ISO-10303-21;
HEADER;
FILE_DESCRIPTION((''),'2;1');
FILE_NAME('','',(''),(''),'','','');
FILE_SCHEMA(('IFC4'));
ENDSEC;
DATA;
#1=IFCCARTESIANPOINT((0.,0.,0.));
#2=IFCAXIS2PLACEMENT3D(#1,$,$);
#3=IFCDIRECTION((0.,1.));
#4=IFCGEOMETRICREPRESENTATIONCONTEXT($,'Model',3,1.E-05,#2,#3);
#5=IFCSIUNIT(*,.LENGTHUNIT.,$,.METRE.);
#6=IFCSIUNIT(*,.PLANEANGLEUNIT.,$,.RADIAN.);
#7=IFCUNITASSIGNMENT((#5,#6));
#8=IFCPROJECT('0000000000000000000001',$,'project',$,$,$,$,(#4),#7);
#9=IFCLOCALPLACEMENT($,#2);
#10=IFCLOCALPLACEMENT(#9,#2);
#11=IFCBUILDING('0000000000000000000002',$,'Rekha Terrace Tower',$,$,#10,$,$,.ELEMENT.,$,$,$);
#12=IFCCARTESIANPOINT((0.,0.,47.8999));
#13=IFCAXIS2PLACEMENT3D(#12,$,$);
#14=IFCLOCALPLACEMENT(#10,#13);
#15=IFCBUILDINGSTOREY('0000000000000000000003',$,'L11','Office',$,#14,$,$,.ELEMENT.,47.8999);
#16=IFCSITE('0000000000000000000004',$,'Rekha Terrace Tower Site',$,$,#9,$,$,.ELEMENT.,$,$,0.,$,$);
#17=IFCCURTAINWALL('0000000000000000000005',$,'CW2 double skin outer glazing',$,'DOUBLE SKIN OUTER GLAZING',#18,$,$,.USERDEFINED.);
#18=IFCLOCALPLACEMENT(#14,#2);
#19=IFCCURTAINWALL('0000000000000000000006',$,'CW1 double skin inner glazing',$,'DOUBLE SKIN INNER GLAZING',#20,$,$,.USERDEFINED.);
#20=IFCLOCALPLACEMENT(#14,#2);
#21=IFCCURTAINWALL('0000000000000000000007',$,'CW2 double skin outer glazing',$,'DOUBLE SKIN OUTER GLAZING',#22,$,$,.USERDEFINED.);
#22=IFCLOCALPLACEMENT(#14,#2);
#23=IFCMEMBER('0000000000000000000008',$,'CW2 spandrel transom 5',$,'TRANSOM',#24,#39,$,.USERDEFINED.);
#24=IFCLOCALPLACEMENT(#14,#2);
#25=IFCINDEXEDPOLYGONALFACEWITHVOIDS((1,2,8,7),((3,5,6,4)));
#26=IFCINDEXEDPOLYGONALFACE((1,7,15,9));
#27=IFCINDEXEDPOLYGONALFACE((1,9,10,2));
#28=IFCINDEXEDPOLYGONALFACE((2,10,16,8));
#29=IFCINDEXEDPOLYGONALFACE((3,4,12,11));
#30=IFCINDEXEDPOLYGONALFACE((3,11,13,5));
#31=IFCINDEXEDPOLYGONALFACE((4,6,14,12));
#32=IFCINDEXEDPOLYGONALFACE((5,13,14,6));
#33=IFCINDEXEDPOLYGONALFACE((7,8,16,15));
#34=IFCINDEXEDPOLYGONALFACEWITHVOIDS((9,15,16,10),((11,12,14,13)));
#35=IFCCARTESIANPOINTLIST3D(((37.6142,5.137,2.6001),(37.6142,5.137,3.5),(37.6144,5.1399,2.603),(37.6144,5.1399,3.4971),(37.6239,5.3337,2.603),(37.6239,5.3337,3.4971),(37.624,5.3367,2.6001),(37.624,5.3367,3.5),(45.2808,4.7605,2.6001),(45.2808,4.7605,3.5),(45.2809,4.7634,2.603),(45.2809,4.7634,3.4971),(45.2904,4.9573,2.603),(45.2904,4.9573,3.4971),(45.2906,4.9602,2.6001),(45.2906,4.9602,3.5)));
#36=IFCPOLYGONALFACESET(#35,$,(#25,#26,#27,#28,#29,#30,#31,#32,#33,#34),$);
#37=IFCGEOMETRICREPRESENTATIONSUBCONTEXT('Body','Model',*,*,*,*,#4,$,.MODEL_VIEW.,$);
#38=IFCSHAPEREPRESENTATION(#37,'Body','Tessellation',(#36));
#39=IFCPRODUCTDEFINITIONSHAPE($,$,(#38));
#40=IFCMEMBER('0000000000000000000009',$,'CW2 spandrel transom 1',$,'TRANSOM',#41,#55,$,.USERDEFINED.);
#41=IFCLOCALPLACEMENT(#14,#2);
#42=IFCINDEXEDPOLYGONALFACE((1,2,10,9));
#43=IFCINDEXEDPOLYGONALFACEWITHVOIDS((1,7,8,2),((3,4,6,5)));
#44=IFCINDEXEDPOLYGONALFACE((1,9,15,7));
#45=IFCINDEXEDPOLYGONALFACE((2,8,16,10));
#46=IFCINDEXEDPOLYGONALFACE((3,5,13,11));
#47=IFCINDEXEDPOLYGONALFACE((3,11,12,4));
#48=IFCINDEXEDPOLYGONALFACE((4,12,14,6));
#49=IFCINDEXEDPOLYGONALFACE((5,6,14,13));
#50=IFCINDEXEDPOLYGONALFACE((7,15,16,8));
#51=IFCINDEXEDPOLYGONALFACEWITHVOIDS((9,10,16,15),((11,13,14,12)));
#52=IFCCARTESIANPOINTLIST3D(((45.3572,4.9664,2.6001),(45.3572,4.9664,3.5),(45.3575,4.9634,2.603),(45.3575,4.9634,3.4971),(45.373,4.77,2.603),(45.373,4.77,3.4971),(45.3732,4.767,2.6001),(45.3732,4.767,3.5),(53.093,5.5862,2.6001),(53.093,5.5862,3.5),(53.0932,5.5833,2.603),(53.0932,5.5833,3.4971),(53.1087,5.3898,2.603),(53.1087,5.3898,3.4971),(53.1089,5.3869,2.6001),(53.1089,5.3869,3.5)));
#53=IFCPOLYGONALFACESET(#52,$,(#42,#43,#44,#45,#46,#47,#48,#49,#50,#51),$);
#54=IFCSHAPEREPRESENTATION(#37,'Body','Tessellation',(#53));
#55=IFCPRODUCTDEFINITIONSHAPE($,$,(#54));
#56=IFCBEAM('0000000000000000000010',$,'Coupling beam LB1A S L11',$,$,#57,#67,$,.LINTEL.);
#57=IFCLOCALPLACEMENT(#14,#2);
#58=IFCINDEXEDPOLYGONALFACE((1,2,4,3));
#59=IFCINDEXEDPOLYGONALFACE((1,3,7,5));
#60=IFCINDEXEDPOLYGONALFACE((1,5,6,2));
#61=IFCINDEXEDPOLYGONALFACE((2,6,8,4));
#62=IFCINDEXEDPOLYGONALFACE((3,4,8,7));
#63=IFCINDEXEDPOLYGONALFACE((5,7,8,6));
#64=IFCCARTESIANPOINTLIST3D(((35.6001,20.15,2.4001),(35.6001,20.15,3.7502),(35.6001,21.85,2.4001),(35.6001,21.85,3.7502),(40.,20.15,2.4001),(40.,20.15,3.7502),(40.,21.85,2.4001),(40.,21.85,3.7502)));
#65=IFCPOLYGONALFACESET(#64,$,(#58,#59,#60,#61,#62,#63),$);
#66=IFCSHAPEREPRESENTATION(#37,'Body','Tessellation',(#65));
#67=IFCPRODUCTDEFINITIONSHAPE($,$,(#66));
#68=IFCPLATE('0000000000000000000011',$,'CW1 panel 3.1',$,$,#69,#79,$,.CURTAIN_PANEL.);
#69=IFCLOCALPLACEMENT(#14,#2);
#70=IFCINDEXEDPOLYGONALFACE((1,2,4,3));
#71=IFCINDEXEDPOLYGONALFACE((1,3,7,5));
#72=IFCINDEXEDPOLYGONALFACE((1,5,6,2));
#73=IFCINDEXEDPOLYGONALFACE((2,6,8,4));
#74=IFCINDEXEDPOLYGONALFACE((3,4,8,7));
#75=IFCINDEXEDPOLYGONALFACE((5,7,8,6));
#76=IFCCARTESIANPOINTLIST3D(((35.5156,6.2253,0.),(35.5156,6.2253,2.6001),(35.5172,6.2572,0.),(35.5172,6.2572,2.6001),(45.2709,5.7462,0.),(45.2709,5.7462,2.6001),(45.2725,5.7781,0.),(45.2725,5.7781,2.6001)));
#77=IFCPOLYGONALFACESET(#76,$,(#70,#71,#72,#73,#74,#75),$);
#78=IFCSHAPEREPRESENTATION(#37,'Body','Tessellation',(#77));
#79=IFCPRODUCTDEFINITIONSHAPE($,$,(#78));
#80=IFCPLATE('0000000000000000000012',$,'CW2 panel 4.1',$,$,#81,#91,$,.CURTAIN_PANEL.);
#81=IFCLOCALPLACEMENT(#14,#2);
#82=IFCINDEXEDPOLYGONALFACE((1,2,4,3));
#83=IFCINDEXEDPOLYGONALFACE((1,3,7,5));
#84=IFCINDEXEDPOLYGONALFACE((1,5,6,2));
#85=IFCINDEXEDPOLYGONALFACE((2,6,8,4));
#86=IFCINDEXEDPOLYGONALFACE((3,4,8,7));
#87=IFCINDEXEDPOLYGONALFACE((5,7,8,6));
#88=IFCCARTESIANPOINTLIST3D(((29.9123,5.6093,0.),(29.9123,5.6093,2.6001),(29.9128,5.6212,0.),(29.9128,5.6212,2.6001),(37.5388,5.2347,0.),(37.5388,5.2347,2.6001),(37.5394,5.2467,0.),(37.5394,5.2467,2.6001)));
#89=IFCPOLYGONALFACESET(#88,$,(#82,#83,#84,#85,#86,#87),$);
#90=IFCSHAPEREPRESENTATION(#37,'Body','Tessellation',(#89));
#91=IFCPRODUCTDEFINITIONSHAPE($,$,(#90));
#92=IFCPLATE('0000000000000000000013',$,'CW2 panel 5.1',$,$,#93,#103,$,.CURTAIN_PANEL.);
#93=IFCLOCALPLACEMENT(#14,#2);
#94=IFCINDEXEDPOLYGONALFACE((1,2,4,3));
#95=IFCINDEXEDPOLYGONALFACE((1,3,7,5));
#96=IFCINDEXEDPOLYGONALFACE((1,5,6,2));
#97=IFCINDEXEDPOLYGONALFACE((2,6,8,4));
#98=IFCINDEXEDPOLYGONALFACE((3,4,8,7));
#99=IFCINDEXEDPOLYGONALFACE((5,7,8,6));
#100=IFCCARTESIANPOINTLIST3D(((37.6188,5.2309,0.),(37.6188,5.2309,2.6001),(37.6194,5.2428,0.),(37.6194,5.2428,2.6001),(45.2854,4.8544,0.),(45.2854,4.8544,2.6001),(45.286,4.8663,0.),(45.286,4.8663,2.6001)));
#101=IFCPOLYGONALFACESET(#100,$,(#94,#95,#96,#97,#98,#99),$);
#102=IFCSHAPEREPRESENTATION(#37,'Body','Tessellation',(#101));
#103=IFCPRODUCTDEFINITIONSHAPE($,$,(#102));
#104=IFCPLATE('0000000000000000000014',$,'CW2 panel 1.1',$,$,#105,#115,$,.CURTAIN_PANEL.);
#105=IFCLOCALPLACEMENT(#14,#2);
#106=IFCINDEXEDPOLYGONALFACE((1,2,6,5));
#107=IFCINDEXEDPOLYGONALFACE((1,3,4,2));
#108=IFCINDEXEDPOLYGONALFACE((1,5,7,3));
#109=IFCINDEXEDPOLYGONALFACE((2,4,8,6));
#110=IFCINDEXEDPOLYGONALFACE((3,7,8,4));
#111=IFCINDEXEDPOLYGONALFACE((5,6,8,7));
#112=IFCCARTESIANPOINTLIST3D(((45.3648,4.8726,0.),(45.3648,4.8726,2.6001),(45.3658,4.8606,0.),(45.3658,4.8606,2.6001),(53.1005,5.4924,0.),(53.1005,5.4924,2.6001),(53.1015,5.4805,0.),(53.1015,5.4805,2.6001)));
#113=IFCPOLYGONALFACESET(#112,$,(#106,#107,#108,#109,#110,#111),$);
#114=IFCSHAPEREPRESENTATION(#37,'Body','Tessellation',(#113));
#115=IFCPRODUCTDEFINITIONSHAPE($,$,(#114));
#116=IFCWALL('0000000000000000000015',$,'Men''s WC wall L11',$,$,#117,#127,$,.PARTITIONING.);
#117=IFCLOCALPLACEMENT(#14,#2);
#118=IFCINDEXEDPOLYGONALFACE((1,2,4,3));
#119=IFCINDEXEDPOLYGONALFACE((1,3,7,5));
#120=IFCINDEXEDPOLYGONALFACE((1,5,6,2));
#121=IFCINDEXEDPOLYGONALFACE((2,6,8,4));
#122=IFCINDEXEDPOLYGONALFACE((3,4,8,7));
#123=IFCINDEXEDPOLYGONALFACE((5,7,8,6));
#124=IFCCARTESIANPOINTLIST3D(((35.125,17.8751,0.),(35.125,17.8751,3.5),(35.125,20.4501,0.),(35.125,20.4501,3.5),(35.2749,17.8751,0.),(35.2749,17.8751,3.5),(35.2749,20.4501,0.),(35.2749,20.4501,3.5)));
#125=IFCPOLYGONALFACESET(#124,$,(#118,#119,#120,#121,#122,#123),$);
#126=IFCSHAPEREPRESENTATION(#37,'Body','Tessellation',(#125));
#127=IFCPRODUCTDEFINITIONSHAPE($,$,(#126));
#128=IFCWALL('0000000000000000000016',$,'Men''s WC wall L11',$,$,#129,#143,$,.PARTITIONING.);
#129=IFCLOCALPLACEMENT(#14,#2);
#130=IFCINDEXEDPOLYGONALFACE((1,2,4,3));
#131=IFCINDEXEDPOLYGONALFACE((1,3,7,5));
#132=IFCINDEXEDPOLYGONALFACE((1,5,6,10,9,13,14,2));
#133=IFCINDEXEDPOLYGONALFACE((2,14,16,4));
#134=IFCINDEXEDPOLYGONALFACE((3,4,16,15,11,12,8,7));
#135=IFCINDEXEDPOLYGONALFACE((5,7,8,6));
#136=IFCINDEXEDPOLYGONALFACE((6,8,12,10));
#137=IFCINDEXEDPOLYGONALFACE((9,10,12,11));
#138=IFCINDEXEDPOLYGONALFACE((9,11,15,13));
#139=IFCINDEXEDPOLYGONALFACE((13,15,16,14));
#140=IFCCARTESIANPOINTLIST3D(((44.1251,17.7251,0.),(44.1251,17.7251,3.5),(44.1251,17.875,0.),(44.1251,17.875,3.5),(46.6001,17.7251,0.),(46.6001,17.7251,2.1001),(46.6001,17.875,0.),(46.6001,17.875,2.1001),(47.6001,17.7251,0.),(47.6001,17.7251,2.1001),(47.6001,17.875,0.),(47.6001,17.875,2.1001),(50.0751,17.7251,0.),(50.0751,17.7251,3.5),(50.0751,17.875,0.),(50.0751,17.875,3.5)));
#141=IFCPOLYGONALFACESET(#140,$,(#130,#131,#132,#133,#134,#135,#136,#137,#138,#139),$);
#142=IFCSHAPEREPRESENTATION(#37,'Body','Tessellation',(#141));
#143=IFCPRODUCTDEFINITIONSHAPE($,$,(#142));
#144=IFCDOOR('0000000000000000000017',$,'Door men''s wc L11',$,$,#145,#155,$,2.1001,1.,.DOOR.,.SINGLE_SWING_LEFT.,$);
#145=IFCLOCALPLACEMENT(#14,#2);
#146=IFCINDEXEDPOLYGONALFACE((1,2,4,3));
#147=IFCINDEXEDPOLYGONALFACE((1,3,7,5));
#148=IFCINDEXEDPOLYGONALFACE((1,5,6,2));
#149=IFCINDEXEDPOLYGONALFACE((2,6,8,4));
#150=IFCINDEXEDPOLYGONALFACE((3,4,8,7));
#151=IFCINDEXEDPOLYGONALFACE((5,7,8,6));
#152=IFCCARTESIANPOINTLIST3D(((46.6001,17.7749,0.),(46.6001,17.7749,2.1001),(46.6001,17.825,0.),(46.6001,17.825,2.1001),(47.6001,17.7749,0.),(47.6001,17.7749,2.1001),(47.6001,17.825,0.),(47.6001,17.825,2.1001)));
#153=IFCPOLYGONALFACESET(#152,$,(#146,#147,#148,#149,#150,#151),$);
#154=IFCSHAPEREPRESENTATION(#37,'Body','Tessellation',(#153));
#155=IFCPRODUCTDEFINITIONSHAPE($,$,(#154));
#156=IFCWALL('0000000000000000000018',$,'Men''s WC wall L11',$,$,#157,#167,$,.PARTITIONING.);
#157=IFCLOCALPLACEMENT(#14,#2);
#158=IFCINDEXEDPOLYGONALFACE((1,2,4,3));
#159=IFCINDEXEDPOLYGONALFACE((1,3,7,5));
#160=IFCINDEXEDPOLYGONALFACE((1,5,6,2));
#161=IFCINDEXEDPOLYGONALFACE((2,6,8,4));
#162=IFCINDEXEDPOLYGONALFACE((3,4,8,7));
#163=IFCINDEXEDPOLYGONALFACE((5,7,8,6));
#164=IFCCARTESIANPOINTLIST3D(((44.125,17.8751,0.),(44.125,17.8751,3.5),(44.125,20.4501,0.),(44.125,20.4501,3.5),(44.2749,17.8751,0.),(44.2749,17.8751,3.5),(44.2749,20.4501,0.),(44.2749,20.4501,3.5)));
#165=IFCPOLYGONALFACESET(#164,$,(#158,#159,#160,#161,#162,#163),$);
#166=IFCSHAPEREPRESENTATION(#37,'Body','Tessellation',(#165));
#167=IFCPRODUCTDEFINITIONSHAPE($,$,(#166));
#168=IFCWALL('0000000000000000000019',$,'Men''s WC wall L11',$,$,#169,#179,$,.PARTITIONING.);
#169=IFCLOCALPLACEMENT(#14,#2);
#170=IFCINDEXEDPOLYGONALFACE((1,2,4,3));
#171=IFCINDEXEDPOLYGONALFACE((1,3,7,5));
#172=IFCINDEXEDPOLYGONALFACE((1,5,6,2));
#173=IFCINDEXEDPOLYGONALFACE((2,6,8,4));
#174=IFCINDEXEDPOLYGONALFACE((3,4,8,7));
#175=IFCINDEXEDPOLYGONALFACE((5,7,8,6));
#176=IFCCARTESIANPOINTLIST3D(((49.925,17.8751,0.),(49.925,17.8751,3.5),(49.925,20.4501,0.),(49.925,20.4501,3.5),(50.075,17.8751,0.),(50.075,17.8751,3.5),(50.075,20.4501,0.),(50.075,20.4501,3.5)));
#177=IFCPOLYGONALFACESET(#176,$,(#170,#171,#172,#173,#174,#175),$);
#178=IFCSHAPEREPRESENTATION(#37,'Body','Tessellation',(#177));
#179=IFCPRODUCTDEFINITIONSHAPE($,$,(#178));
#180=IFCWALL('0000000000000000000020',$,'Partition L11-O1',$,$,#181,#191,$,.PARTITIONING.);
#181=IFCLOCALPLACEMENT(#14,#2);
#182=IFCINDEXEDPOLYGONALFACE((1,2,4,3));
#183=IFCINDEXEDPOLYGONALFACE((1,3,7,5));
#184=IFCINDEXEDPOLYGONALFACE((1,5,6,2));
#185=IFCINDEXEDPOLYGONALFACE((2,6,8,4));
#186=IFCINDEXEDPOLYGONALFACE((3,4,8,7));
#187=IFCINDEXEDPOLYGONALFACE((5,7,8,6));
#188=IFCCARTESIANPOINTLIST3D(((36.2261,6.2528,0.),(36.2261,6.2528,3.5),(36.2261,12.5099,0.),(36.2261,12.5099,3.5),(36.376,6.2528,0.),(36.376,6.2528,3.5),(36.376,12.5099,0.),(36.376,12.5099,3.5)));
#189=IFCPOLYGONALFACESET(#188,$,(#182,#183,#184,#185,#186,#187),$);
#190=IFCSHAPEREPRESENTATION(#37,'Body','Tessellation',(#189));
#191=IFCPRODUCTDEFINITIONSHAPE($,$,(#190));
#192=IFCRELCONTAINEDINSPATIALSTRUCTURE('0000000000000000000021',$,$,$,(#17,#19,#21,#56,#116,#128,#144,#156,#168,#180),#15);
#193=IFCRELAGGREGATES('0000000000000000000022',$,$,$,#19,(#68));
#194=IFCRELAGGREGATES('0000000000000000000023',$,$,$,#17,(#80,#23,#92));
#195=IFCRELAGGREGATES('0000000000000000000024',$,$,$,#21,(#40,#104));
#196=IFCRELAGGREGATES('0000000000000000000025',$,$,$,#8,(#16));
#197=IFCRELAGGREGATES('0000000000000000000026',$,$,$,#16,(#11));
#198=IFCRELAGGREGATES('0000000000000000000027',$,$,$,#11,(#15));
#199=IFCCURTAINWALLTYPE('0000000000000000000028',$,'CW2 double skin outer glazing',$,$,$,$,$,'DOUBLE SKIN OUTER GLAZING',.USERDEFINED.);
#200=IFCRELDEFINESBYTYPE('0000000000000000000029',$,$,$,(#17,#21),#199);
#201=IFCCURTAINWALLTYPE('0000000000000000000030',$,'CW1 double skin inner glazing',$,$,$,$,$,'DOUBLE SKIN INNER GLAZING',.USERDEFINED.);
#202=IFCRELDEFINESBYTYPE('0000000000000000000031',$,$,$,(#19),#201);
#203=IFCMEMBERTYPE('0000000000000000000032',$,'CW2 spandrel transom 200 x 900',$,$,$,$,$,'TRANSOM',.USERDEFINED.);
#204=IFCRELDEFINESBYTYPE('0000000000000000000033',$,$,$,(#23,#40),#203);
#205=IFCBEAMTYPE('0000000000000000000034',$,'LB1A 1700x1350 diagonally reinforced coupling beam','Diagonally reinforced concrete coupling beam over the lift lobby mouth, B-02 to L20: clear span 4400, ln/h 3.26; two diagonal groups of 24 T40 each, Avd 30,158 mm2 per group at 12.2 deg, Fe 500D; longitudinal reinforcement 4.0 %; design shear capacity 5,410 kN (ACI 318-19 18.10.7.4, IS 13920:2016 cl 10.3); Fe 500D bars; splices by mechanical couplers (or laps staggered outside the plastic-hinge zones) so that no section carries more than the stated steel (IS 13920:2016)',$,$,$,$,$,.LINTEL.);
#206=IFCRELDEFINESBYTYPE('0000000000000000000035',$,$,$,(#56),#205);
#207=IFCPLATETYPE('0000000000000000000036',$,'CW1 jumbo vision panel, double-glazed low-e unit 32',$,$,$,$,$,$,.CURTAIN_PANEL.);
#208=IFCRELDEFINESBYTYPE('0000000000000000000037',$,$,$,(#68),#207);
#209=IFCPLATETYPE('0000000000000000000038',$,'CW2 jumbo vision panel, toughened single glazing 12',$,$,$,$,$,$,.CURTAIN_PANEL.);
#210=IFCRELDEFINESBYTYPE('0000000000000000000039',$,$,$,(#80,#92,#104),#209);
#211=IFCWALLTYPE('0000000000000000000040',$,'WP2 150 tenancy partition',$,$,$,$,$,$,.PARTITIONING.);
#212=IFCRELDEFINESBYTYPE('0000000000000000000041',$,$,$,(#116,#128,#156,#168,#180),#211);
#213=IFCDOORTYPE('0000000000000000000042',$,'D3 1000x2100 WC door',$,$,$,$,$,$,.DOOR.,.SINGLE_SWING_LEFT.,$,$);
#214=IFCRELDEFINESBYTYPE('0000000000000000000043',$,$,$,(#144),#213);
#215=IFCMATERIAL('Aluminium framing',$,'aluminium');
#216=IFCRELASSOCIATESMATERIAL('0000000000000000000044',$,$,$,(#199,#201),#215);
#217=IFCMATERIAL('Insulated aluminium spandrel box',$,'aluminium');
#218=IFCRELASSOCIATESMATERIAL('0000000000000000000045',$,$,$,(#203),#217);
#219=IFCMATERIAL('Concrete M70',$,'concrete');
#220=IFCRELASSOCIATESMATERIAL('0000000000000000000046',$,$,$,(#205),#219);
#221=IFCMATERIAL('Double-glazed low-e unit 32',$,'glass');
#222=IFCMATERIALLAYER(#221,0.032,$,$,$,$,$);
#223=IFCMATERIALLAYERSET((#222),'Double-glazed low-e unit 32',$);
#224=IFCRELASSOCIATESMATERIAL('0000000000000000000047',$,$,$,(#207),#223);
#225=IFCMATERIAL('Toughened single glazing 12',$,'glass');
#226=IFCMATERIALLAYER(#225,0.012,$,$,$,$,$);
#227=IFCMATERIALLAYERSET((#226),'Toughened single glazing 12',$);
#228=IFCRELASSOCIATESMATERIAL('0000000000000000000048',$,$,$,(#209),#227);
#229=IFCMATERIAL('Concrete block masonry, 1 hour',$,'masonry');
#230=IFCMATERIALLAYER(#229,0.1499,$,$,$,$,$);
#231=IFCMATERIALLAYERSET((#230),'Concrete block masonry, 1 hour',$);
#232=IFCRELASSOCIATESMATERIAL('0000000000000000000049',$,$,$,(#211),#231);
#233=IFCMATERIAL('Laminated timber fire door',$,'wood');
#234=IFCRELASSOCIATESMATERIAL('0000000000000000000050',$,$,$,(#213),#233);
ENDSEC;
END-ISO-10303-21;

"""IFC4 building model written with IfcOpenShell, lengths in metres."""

from ifc_helpers import new_model, si_unit, direction, frame, frame_2d, origin, origin_2d, place, context, subcontext, project, spatial, rectangle, hollow_rectangle, extrude, material, layer, layer_set, material_profile, profile_set, type_object, element, fill, aggregate, save


model = new_model("IFC4")

# Units and contexts
model_context = context("Model", 3, precision=1e-05, world=origin(), true_north=direction((0.0, 1.0)))
body_context = subcontext(model_context, "Body", "Model", "MODEL_VIEW")
ifc_project = project(units=[si_unit("LENGTHUNIT", "METRE"), si_unit("PLANEANGLEUNIT", "RADIAN")], contexts=[model_context])

# Site, building, storey
site_placement = place(None, origin())
site = spatial("IfcSite", under=ifc_project, at=site_placement, Name="Rekha Terrace Tower Site", CompositionType="ELEMENT", RefElevation=0.0)
building_placement = place(site_placement, origin())
building = spatial("IfcBuilding", under=site, at=building_placement, Name="Rekha Terrace Tower", CompositionType="ELEMENT")
storey_placement = place(building_placement, frame((0.0, 0.0, 47.8999)))
storey = spatial("IfcBuildingStorey", under=building, at=storey_placement, Name="L11", Description="Office", CompositionType="ELEMENT", Elevation=47.8999)

# Shared definitions
ifc_material_1 = material(Name="Concrete M70", Category="concrete")

# Curtain walls
ifc_material_2 = material(Name="Aluminium framing", Category="aluminium")
curtain_wall_type_1 = type_object("IfcCurtainWallType", Name="CW2 double skin outer glazing", ElementType="DOUBLE SKIN OUTER GLAZING", PredefinedType="USERDEFINED", material=ifc_material_2)
curtain_wall_1_placement = place(storey_placement, origin())
curtain_wall_1 = element("IfcCurtainWall", 1, at=curtain_wall_1_placement, inside=storey, type_object=curtain_wall_type_1, Name="CW2 double skin outer glazing", ObjectType="DOUBLE SKIN OUTER GLAZING", PredefinedType="USERDEFINED")
curtain_wall_type_2 = type_object("IfcCurtainWallType", Name="CW1 double skin inner glazing", ElementType="DOUBLE SKIN INNER GLAZING", PredefinedType="USERDEFINED", material=ifc_material_2)
curtain_wall_2_placement = place(storey_placement, origin())
curtain_wall_2 = element("IfcCurtainWall", 2, at=curtain_wall_2_placement, inside=storey, type_object=curtain_wall_type_2, Name="CW1 double skin inner glazing", ObjectType="DOUBLE SKIN INNER GLAZING", PredefinedType="USERDEFINED")

# Shared definitions
ifc_material_3 = material(Name="Insulated aluminium spandrel box", Category="aluminium")

# Curtain wall
curtain_wall_3_placement = place(storey_placement, origin())
curtain_wall_3 = element("IfcCurtainWall", 3, at=curtain_wall_3_placement, inside=storey, type_object=curtain_wall_type_1, Name="CW2 double skin outer glazing", ObjectType="DOUBLE SKIN OUTER GLAZING", PredefinedType="USERDEFINED")

# Members
ifc_material_profile_1 = material_profile(ifc_material_3, hollow_rectangle(XDim=0.2, YDim=0.8999, WallThickness=0.0029, at=origin_2d()), Name="AL SPANDREL BOX 200x900")
ifc_profile_set_1 = profile_set([ifc_material_profile_1], Name="Insulated aluminium spandrel box")
member_type_1 = type_object("IfcMemberType", Name="CW2 spandrel transom 200 x 900", ElementType="TRANSOM", PredefinedType="USERDEFINED", material=ifc_profile_set_1)
member_1_placement = place(storey_placement, frame((37.6191, 5.2368, 3.05), z_axis=(0.998797, -0.049046, 0.0), x_axis=(0.049046, 0.998797, 0.0)))
member_1 = element("IfcMember", 4, at=member_1_placement, type_object=member_type_1, Name="CW2 spandrel transom 5", ObjectType="TRANSOM", PredefinedType="USERDEFINED", context=body_context, shape_type="SweptSolid", body=[
    extrude(hollow_rectangle(XDim=0.2, YDim=0.8999, WallThickness=0.0029, at=origin_2d()), origin(), (0.0, 0.0, 1.0), 7.6758),
])
member_2_placement = place(storey_placement, frame((45.3652, 4.8667, 3.05), z_axis=(0.996805, 0.079877, 0.0), x_axis=(-0.079877, 0.996805, 0.0)))
member_2 = element("IfcMember", 5, at=member_2_placement, type_object=member_type_1, Name="CW2 spandrel transom 1", ObjectType="TRANSOM", PredefinedType="USERDEFINED", context=body_context, shape_type="SweptSolid", body=[
    extrude(hollow_rectangle(XDim=0.2, YDim=0.8999, WallThickness=0.0029, at=origin_2d()), origin(), (0.0, 0.0, 1.0), 7.7605),
])

# Beam
ifc_material_profile_2 = material_profile(ifc_material_1, rectangle(XDim=1.7, YDim=1.3501, at=origin_2d()), Name="RC 1700x1350")
ifc_profile_set_2 = profile_set([ifc_material_profile_2], Name="Concrete M70")
beam_type = type_object("IfcBeamType", Name="LB1A 1700x1350 diagonally reinforced coupling beam", Description="Diagonally reinforced concrete coupling beam over the lift lobby mouth, B-02 to L20: clear span 4400, ln/h 3.26; two diagonal groups of 24 T40 each, Avd 30,158 mm2 per group at 12.2 deg, Fe 500D; longitudinal reinforcement 4.0 %; design shear capacity 5,410 kN (ACI 318-19 18.10.7.4, IS 13920:2016 cl 10.3); Fe 500D bars; splices by mechanical couplers (or laps staggered outside the plastic-hinge zones) so that no section carries more than the stated steel (IS 13920:2016)", PredefinedType="LINTEL", material=ifc_profile_set_2)
beam_placement = place(storey_placement, frame((35.6001, 21.0, 3.0752), z_axis=(1.0, 0.0, 0.0), x_axis=(0.0, 1.0, 0.0)))
element("IfcBeam", 6, at=beam_placement, inside=storey, type_object=beam_type, Name="Coupling beam LB1A S L11", PredefinedType="LINTEL", context=body_context, shape_type="SweptSolid", body=[
    extrude(rectangle(XDim=1.7, YDim=1.3501, at=origin_2d()), origin(), (0.0, 0.0, 1.0), 4.3999),
])

# Plates
ifc_material_4 = material(Name="Double-glazed low-e unit 32", Category="glass")
ifc_layer_1 = layer(ifc_material_4, 0.032)
ifc_layer_set_1 = layer_set([ifc_layer_1], Name="Double-glazed low-e unit 32")
plate_type_1 = type_object("IfcPlateType", Name="CW1 jumbo vision panel, double-glazed low-e unit 32", PredefinedType="CURTAIN_PANEL", material=ifc_layer_set_1)
plate_1_placement = place(storey_placement, frame((40.394, 6.0017, 0.0), z_axis=(0.0, 0.0, 1.0), x_axis=(0.998796, -0.049052, 0.0)))
plate_1 = element("IfcPlate", 7, at=plate_1_placement, type_object=plate_type_1, Name="CW1 panel 3.1", PredefinedType="CURTAIN_PANEL", context=body_context, shape_type="SweptSolid", body=[
    extrude(rectangle(XDim=9.7671, YDim=0.032, at=origin_2d()), origin(), (0.0, 0.0, 1.0), 2.6001),
])
aggregate(curtain_wall_2, [plate_1])
ifc_material_5 = material(Name="Toughened single glazing 12", Category="glass")
ifc_layer_2 = layer(ifc_material_5, 0.012)
ifc_layer_set_2 = layer_set([ifc_layer_2], Name="Toughened single glazing 12")
plate_type_2 = type_object("IfcPlateType", Name="CW2 jumbo vision panel, toughened single glazing 12", PredefinedType="CURTAIN_PANEL", material=ifc_layer_set_2)
plate_2_placement = place(storey_placement, frame((33.7258, 5.428, 0.0), z_axis=(0.0, 0.0, 1.0), x_axis=(0.998796, -0.049052, 0.0)))
plate_2 = element("IfcPlate", 8, at=plate_2_placement, type_object=plate_type_2, Name="CW2 panel 4.1", PredefinedType="CURTAIN_PANEL", context=body_context, shape_type="SweptSolid", body=[
    extrude(rectangle(XDim=7.6357, YDim=0.012, at=origin_2d()), origin(), (0.0, 0.0, 1.0), 2.6001),
])
plate_3_placement = place(storey_placement, frame((41.4524, 5.0486, 0.0), z_axis=(0.0, 0.0, 1.0), x_axis=(0.998796, -0.049052, 0.0)))
plate_3 = element("IfcPlate", 9, at=plate_3_placement, type_object=plate_type_2, Name="CW2 panel 5.1", PredefinedType="CURTAIN_PANEL", context=body_context, shape_type="SweptSolid", body=[
    extrude(rectangle(XDim=7.6758, YDim=0.012, at=origin_2d()), origin(), (0.0, 0.0, 1.0), 2.6001),
])
aggregate(curtain_wall_1, [plate_2, member_1, plate_3])
plate_4_placement = place(storey_placement, frame((49.2332, 5.1765, 0.0), z_axis=(0.0, 0.0, 1.0), x_axis=(0.996805, 0.079872, 0.0)))
plate_4 = element("IfcPlate", 10, at=plate_4_placement, type_object=plate_type_2, Name="CW2 panel 1.1", PredefinedType="CURTAIN_PANEL", context=body_context, shape_type="SweptSolid", body=[
    extrude(rectangle(XDim=7.7605, YDim=0.012, at=origin_2d()), origin(), (0.0, 0.0, 1.0), 2.6001),
])
aggregate(curtain_wall_3, [member_2, plate_4])

# Wall
ifc_material_6 = material(Name="Concrete block masonry, 1 hour", Category="masonry")
ifc_layer_3 = layer(ifc_material_6, 0.1499)
ifc_layer_set_3 = layer_set([ifc_layer_3], Name="Concrete block masonry, 1 hour")
wall_type_1 = type_object("IfcWallType", Name="WP2 150 tenancy partition", PredefinedType="PARTITIONING", material=ifc_layer_set_3)
wall_1_placement = place(storey_placement, frame((35.2, 17.875, 0.0), z_axis=(0.0, 0.0, 1.0), x_axis=(0.0, 1.0, 0.0)))
element("IfcWall", 11, at=wall_1_placement, inside=storey, type_object=wall_type_1, Name="Men's WC wall L11", PredefinedType="PARTITIONING", context=body_context, shape_type="SweptSolid", body=[
    extrude(rectangle(XDim=2.575, YDim=0.1499, at=frame_2d((1.2876, 0.0))), origin(), (0.0, 0.0, 1.0), 3.5),
])

# Wall, opening, door
wall_2_placement = place(storey_placement, frame((44.125, 17.8, 0.0), z_axis=(0.0, 0.0, 1.0), x_axis=(1.0, 0.0, 0.0)))
wall_2 = element("IfcWall", 12, at=wall_2_placement, inside=storey, type_object=wall_type_1, Name="Men's WC wall L11", PredefinedType="PARTITIONING", context=body_context, shape_type="SweptSolid", body=[
    extrude(rectangle(XDim=5.95, YDim=0.1499, at=frame_2d((2.9751, 0.0))), origin(), (0.0, 0.0, 1.0), 3.5),
])
opening_1_placement = place(wall_2_placement, frame((2.4751, 0.0, 0.0)))
opening_1 = element("IfcOpeningElement", 13, at=opening_1_placement, cuts=wall_2, PredefinedType="OPENING", context=body_context, shape_type="SweptSolid", body=[
    extrude(rectangle(XDim=1.0, YDim=2.1001, at=frame_2d((0.5, 1.05))), frame((0.0, 0.085, 0.0), z_axis=(0.0, -1.0, 0.0), x_axis=(1.0, 0.0, 0.0)), (0.0, 0.0, 1.0), 0.1699),
])
ifc_material_7 = material(Name="Laminated timber fire door", Category="wood")
door_type_1 = type_object("IfcDoorType", Name="D3 1000x2100 WC door", OperationType="SINGLE_SWING_LEFT", PredefinedType="DOOR", material=ifc_material_7)
door_1_placement = place(opening_1_placement, origin())
door_1 = element("IfcDoor", 14, at=door_1_placement, inside=storey, type_object=door_type_1, Name="Door men's wc L11", OperationType="SINGLE_SWING_LEFT", OverallHeight=2.1001, OverallWidth=1.0, PredefinedType="DOOR", context=body_context, shape_type="SweptSolid", body=[
    extrude(rectangle(XDim=1.0, YDim=2.1001, at=frame_2d((0.5, 1.05))), frame((0.0, 0.0249, 0.0), z_axis=(0.0, -1.0, 0.0), x_axis=(1.0, 0.0, 0.0)), (0.0, 0.0, 1.0), 0.05),
])
fill(opening_1, door_1)

# Walls
for number, where, z_axis, x_axis, name in (
    (15, (44.2, 17.875, 0.0), (0.0, 0.0, 1.0), (0.0, 1.0, 0.0), "Men's WC wall L11"),
    (16, (50.0, 17.875, 0.0), (0.0, 0.0, 1.0), (0.0, 1.0, 0.0), "Men's WC wall L11"),
):
    element("IfcWall", number, at=place(storey_placement, frame(where, z_axis=z_axis, x_axis=x_axis)), inside=storey, type_object=wall_type_1, Name=name, PredefinedType="PARTITIONING", context=body_context, shape_type="SweptSolid", body=[
        extrude(rectangle(XDim=2.575, YDim=0.1499, at=frame_2d((1.2876, 0.0))), origin(), (0.0, 0.0, 1.0), 3.5),
    ])
wall_3_placement = place(storey_placement, frame((36.301, 6.2529, 0.0), z_axis=(0.0, 0.0, 1.0), x_axis=(0.0, 1.0, 0.0)))
element("IfcWall", 17, at=wall_3_placement, inside=storey, type_object=wall_type_1, Name="Partition L11-O1", PredefinedType="PARTITIONING", context=body_context, shape_type="SweptSolid", body=[
    extrude(rectangle(XDim=6.2571, YDim=0.1499, at=frame_2d((3.1284, 0.0))), origin(), (0.0, 0.0, 1.0), 3.5),
])

save(model, "model.ifc")
